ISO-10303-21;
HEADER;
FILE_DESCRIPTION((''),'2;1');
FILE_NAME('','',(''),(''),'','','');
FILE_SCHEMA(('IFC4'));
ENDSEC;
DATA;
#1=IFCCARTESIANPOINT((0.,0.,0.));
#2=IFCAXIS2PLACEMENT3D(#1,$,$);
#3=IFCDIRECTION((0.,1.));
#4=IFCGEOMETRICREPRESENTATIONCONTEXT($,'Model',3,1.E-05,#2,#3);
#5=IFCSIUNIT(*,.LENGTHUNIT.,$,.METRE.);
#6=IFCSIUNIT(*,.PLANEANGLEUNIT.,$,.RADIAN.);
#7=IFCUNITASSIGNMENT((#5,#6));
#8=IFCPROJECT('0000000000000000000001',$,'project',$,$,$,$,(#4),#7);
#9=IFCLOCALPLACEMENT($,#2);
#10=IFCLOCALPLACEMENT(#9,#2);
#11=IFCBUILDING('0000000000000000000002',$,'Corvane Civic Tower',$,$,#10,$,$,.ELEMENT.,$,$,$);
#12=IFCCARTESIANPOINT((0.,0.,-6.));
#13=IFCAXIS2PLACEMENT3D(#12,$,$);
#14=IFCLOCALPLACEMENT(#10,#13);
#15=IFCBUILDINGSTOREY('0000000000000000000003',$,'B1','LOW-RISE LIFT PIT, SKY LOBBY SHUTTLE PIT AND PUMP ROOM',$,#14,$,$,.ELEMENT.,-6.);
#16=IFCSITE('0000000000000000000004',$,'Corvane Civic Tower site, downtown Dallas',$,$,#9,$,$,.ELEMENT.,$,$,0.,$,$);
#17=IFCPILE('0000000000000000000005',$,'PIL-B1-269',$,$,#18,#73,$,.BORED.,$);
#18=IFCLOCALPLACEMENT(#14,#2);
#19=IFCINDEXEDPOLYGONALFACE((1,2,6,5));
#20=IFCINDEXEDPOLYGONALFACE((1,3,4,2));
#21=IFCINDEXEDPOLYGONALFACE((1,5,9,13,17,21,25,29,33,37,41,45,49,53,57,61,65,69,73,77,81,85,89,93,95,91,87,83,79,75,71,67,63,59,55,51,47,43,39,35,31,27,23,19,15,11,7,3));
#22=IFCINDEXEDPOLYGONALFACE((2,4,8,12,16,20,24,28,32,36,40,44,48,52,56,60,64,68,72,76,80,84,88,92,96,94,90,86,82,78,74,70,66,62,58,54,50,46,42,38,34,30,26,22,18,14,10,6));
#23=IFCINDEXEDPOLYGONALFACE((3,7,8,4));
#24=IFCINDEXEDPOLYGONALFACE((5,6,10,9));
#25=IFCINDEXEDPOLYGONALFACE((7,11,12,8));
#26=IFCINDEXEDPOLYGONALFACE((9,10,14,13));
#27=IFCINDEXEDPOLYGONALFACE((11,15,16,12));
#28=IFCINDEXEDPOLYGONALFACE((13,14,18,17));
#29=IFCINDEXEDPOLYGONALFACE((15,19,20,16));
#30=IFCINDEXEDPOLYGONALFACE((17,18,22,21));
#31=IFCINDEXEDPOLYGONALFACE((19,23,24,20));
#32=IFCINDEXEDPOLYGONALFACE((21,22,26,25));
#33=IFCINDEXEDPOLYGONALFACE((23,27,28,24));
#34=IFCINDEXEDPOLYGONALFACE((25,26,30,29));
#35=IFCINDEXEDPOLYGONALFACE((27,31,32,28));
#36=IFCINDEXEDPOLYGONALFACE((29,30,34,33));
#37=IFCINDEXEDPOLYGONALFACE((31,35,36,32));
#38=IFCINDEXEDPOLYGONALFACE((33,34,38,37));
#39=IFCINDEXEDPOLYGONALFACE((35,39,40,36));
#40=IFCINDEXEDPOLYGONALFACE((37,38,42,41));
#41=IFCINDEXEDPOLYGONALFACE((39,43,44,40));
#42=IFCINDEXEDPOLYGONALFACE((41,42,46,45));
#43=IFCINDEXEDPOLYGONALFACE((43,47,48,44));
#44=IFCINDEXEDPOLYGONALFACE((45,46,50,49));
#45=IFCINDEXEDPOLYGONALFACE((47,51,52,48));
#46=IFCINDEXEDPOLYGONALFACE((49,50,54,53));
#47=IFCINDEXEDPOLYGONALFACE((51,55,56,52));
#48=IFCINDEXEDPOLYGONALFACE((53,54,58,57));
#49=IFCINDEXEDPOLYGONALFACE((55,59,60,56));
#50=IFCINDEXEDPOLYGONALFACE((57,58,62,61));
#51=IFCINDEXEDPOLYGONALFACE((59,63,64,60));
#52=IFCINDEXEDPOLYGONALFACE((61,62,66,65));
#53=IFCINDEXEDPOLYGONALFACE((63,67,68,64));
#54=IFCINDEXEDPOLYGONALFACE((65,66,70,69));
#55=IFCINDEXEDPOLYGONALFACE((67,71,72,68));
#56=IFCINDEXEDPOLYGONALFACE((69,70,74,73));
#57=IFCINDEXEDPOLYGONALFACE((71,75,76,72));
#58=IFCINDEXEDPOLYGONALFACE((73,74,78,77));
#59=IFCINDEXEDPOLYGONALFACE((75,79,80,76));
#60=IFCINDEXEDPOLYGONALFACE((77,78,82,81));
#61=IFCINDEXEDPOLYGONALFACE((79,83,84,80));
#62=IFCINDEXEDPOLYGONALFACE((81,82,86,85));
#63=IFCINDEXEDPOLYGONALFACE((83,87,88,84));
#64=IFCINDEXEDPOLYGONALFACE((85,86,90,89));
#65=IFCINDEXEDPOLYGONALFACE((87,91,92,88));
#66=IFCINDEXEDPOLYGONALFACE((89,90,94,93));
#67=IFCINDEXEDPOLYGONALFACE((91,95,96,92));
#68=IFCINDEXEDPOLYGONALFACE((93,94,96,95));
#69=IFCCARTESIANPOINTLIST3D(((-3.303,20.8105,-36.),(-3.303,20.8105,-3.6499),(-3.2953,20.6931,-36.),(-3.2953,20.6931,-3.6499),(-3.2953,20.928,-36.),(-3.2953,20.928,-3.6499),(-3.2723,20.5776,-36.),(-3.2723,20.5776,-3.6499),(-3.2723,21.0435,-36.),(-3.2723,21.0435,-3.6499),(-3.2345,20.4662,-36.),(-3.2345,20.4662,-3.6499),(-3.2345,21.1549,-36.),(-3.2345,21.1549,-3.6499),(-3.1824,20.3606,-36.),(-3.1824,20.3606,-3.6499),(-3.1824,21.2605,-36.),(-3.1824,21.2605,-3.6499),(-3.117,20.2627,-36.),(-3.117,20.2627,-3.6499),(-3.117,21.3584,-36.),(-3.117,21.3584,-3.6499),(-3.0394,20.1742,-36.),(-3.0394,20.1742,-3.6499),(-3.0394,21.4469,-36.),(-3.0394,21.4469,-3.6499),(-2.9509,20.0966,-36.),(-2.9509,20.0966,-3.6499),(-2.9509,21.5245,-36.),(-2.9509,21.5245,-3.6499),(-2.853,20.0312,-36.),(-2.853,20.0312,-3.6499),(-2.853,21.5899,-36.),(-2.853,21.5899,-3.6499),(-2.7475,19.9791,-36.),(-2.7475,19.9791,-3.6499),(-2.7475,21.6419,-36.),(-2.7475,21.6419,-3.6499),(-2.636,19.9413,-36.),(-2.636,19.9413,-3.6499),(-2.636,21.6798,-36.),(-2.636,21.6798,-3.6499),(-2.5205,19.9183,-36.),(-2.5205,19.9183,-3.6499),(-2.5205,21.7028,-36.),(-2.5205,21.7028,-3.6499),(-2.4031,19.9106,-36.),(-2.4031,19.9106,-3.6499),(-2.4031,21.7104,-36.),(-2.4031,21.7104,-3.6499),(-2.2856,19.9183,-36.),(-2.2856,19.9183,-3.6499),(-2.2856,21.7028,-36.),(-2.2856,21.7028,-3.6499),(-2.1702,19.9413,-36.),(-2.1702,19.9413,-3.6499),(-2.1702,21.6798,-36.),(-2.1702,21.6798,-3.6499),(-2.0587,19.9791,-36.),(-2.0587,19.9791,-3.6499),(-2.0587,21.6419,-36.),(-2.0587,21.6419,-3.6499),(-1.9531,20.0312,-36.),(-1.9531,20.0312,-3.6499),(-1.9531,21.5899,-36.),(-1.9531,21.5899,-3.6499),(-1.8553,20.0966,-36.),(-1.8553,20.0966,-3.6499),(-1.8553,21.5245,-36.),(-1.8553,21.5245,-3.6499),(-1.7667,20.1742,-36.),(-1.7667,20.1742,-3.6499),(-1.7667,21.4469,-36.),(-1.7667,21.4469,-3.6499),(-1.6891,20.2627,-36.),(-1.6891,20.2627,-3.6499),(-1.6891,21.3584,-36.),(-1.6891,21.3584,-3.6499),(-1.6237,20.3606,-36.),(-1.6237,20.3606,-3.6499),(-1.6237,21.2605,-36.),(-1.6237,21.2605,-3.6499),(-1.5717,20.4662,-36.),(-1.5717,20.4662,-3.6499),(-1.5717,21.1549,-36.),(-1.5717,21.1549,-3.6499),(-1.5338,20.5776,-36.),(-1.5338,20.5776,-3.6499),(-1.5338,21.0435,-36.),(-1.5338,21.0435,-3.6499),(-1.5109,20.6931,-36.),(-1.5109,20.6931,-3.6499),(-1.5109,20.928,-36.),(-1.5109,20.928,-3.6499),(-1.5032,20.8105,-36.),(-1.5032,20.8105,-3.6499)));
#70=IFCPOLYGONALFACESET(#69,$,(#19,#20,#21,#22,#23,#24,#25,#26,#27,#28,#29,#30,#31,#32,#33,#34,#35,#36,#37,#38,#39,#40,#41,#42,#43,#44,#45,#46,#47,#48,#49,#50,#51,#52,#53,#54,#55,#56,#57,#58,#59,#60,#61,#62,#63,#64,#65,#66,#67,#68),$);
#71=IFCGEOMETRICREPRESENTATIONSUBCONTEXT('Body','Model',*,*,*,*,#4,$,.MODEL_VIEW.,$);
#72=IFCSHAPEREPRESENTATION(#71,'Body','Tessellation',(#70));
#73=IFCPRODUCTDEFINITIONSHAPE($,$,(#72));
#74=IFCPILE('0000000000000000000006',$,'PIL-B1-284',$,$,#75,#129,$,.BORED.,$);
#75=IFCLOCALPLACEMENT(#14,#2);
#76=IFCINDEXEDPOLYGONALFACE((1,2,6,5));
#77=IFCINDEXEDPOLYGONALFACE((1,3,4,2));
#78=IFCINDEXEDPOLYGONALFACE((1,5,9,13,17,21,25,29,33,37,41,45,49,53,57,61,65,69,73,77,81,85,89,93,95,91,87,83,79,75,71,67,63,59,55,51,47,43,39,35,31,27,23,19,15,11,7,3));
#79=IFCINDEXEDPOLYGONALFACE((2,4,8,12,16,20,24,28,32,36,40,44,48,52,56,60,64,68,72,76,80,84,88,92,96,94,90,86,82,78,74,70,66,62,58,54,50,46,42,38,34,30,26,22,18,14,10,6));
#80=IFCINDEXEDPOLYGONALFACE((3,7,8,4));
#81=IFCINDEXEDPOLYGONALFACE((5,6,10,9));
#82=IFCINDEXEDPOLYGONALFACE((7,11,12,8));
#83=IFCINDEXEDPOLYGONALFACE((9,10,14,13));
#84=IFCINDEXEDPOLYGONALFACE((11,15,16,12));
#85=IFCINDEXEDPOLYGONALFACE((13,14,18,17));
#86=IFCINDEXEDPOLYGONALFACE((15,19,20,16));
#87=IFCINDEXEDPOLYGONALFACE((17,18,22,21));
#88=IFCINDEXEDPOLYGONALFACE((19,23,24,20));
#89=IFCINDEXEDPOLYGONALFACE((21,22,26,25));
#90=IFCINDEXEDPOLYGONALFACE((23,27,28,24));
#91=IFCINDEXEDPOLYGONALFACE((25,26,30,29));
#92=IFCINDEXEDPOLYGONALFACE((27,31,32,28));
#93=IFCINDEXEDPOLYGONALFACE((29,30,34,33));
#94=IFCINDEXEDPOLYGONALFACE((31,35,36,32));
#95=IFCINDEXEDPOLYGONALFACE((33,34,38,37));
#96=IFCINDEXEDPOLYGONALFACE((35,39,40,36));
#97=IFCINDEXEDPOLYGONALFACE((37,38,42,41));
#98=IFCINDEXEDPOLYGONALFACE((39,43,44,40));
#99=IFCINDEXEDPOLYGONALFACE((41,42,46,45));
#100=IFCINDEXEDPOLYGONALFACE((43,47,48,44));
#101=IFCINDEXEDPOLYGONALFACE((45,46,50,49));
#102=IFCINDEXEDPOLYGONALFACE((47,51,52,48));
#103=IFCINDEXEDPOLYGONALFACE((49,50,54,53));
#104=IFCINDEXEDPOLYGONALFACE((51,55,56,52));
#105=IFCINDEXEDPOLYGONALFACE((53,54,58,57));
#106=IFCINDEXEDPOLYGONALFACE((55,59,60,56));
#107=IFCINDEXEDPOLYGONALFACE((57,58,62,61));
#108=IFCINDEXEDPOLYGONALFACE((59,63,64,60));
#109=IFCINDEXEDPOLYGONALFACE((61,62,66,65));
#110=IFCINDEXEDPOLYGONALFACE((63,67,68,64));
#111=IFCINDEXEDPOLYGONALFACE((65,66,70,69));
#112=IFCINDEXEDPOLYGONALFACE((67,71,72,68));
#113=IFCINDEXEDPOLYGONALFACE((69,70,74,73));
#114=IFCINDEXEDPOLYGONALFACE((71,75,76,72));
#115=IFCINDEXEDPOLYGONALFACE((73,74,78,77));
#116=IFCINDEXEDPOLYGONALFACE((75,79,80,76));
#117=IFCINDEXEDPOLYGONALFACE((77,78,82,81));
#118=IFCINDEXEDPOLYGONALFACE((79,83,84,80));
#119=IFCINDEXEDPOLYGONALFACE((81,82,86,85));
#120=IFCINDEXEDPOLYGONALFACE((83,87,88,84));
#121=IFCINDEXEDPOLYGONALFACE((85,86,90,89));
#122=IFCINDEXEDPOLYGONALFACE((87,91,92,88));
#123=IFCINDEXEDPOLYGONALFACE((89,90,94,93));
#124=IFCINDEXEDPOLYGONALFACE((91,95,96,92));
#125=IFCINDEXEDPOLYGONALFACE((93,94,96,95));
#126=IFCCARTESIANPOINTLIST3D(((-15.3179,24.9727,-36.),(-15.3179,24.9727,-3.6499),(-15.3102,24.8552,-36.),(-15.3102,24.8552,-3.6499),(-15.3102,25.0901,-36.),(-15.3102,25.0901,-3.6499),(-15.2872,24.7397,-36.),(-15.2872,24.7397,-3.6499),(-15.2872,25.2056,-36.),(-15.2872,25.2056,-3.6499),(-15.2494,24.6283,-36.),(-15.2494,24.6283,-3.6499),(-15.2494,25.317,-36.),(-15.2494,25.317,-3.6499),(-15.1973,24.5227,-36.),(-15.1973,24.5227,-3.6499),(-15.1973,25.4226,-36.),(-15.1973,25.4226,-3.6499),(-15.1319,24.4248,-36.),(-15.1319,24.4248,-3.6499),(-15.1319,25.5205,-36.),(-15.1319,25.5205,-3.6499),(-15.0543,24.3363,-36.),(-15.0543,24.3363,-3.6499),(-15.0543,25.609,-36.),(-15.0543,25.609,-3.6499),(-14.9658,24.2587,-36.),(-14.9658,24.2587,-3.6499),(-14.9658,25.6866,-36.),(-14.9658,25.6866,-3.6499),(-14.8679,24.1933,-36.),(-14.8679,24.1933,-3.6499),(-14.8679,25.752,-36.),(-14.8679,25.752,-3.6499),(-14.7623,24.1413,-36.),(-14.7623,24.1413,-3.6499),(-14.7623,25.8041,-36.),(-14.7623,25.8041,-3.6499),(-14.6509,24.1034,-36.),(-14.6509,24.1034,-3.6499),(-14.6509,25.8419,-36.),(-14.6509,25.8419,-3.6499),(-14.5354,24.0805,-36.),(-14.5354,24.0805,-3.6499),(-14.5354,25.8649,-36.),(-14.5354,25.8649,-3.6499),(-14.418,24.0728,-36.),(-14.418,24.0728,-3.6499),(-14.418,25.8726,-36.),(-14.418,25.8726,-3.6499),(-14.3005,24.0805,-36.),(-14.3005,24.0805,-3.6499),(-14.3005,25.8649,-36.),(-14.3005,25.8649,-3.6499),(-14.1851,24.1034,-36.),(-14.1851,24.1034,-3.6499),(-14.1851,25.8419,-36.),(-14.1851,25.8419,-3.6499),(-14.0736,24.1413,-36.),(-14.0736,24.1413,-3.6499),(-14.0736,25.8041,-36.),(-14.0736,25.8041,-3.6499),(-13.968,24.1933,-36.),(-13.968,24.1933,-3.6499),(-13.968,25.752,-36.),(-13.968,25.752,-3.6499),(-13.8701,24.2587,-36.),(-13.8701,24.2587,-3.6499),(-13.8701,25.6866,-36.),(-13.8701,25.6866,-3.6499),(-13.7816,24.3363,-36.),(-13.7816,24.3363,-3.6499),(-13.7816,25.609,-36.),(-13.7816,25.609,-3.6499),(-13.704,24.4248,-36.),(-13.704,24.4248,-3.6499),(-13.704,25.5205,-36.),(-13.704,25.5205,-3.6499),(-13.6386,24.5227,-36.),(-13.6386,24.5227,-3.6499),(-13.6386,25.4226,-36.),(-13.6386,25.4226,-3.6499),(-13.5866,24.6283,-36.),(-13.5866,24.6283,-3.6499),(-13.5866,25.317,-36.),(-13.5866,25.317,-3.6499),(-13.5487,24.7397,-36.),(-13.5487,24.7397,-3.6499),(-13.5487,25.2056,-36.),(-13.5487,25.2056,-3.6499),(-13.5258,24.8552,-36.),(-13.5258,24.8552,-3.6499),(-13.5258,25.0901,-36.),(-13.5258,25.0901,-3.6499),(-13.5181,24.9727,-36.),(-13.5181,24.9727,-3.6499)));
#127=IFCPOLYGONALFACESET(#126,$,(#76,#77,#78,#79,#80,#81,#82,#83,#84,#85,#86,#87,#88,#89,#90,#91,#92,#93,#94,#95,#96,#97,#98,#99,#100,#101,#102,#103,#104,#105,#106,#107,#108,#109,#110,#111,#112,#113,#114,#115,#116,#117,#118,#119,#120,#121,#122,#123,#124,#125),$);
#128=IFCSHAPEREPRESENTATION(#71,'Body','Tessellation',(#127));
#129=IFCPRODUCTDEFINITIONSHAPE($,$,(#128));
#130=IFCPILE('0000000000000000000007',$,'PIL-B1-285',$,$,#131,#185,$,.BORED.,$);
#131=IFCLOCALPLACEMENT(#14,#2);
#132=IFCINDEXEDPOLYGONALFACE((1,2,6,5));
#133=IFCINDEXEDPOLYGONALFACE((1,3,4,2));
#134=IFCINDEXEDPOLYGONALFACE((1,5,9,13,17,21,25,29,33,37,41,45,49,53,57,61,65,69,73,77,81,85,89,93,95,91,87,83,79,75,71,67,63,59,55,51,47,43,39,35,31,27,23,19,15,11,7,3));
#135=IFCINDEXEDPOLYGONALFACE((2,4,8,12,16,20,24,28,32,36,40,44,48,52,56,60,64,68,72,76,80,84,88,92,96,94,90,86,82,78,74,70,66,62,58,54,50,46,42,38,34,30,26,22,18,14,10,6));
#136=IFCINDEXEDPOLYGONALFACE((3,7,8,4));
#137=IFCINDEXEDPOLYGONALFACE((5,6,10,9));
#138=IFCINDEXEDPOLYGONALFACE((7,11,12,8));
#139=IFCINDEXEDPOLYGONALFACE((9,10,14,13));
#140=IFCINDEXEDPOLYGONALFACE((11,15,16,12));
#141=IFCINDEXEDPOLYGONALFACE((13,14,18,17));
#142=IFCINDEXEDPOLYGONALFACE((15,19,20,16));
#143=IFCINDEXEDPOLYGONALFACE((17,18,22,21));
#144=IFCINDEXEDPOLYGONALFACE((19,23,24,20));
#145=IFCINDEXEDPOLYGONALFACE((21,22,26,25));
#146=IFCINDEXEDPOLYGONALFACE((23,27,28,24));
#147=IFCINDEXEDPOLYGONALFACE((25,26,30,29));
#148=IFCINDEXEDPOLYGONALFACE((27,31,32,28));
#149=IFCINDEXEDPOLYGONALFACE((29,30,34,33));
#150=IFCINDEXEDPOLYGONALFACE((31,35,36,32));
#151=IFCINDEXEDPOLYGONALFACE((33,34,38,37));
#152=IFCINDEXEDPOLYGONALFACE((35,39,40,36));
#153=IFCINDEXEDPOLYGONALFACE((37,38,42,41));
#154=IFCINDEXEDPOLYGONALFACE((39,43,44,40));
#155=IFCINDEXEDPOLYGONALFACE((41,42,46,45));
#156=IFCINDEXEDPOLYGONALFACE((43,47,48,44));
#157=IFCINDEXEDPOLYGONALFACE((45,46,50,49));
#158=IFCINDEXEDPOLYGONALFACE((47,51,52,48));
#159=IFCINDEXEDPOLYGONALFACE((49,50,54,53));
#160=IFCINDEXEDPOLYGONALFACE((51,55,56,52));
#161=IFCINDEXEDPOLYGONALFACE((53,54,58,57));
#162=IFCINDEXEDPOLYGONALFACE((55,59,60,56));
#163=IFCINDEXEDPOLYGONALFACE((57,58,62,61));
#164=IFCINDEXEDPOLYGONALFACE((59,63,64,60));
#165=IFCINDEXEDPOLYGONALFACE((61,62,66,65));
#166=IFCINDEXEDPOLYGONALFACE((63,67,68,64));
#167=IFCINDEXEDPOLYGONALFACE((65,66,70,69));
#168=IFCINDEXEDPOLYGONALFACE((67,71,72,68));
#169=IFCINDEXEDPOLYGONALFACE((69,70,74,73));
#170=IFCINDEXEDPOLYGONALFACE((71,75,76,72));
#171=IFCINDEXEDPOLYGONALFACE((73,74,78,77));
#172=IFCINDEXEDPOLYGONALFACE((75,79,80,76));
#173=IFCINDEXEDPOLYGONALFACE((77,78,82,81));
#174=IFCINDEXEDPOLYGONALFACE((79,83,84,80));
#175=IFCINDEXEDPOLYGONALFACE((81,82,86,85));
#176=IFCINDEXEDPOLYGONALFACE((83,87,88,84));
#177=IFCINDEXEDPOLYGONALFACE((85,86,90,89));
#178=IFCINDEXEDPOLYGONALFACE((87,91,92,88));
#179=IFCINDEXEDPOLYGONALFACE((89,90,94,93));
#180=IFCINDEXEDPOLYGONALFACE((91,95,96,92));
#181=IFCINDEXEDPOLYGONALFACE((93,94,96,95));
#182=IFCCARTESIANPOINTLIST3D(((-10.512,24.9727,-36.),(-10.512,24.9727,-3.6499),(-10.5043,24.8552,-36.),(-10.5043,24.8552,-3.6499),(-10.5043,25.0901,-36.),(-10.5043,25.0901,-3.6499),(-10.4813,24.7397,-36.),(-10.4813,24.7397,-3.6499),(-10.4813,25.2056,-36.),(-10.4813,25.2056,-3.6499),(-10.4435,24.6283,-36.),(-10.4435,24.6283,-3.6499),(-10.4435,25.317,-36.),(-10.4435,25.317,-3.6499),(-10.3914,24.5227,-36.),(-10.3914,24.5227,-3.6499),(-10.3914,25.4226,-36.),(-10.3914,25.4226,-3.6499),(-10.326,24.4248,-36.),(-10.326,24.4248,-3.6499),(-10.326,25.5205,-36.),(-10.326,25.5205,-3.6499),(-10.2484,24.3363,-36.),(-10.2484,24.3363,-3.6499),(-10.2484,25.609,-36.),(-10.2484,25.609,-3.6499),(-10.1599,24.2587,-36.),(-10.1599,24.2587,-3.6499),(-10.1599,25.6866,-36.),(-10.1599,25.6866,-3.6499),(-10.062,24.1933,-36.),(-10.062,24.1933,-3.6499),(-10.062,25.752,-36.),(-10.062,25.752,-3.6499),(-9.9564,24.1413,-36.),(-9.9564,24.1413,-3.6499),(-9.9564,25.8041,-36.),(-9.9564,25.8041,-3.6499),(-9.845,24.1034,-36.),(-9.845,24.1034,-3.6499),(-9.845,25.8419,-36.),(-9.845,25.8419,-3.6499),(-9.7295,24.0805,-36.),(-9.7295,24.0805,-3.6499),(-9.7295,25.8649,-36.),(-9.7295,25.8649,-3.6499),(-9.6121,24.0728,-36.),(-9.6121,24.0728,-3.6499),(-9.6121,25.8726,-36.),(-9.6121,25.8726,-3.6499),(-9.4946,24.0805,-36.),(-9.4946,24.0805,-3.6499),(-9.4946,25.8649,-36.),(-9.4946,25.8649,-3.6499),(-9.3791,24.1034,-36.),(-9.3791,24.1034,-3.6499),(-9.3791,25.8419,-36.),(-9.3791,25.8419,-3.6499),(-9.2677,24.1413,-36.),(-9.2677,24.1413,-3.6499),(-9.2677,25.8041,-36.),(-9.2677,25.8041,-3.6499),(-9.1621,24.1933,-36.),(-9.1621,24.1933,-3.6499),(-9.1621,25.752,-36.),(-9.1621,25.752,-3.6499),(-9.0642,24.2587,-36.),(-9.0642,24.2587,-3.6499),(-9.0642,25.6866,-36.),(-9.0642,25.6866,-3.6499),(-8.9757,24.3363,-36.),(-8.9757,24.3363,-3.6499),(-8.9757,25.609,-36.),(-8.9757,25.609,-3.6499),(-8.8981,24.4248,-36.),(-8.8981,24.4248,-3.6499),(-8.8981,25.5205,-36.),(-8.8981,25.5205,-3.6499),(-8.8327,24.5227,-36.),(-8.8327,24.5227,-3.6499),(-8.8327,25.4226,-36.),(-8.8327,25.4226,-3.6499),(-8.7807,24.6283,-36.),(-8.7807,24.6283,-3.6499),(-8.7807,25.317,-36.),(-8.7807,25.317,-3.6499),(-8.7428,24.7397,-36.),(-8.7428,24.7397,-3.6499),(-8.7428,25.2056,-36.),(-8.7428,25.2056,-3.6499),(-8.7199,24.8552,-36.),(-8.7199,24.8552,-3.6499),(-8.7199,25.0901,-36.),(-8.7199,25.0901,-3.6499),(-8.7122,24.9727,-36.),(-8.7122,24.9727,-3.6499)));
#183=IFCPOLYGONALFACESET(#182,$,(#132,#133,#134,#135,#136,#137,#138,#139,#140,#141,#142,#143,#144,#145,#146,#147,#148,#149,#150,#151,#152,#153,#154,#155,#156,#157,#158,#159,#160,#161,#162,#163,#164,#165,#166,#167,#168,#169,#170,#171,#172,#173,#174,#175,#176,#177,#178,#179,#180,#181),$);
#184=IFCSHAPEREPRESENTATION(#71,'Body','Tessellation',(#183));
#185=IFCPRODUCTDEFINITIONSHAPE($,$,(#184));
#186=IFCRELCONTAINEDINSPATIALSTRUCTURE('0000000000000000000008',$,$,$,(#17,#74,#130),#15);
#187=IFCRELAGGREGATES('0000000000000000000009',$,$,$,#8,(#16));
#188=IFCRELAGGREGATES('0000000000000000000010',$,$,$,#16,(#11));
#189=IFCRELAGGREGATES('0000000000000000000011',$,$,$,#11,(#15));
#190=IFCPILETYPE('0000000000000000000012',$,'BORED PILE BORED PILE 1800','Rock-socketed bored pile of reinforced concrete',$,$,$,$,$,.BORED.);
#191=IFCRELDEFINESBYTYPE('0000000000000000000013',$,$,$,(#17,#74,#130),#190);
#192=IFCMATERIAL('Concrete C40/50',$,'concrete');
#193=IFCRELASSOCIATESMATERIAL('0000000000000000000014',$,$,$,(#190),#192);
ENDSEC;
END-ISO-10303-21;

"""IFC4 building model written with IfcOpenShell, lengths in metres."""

from ifc_helpers import new_model, si_unit, direction, frame, origin, origin_2d, place, context, subcontext, project, spatial, circle, extrude, material, material_profile, profile_set, type_object, element, save


model = new_model("IFC4")

# Units and contexts
model_context = context("Model", 3, precision=1e-05, world=origin(), true_north=direction((0.0, 1.0)))
body_context = subcontext(model_context, "Body", "Model", "MODEL_VIEW")
ifc_project = project(units=[si_unit("LENGTHUNIT", "METRE"), si_unit("PLANEANGLEUNIT", "RADIAN")], contexts=[model_context])

# Site, building, storey
site_placement = place(None, origin())
site = spatial("IfcSite", under=ifc_project, at=site_placement, Name="Corvane Civic Tower site, downtown Dallas", CompositionType="ELEMENT", RefElevation=0.0)
building_placement = place(site_placement, origin())
building = spatial("IfcBuilding", under=site, at=building_placement, Name="Corvane Civic Tower", CompositionType="ELEMENT")
storey_placement = place(building_placement, frame((0.0, 0.0, -6.0)))
storey = spatial("IfcBuildingStorey", under=building, at=storey_placement, Name="B1", Description="LOW-RISE LIFT PIT, SKY LOBBY SHUTTLE PIT AND PUMP ROOM", CompositionType="ELEMENT", Elevation=-6.0)

# Piles
ifc_material_1 = material(Name="Concrete C40/50", Category="concrete")
ifc_material_profile = material_profile(ifc_material_1, circle(Radius=0.8999, at=origin_2d()), Name="BORED PILE 1800")
ifc_profile_set = profile_set([ifc_material_profile], Name="Concrete C40/50")
pile_type = type_object("IfcPileType", Name="BORED PILE BORED PILE 1800", Description="Rock-socketed bored pile of reinforced concrete", PredefinedType="BORED", material=ifc_profile_set)
for number, where, z_axis, x_axis, name in (
    (1, (-2.4031, 20.8105, -3.6499), (0.0, 0.0, -1.0), (1.0, 0.0, 0.0), "PIL-B1-269"),
    (2, (-14.418, 24.9727, -3.6499), (0.0, 0.0, -1.0), (1.0, 0.0, 0.0), "PIL-B1-284"),
    (3, (-9.6121, 24.9727, -3.6499), (0.0, 0.0, -1.0), (1.0, 0.0, 0.0), "PIL-B1-285"),
):
    element("IfcPile", number, at=place(storey_placement, frame(where, z_axis=z_axis, x_axis=x_axis)), inside=storey, type_object=pile_type, Name=name, PredefinedType="BORED", context=body_context, shape_type="SweptSolid", body=[
        extrude(circle(Radius=0.8999, at=origin_2d()), origin(), (0.0, 0.0, 1.0), 32.3501),
    ])

save(model, "model.ifc")
